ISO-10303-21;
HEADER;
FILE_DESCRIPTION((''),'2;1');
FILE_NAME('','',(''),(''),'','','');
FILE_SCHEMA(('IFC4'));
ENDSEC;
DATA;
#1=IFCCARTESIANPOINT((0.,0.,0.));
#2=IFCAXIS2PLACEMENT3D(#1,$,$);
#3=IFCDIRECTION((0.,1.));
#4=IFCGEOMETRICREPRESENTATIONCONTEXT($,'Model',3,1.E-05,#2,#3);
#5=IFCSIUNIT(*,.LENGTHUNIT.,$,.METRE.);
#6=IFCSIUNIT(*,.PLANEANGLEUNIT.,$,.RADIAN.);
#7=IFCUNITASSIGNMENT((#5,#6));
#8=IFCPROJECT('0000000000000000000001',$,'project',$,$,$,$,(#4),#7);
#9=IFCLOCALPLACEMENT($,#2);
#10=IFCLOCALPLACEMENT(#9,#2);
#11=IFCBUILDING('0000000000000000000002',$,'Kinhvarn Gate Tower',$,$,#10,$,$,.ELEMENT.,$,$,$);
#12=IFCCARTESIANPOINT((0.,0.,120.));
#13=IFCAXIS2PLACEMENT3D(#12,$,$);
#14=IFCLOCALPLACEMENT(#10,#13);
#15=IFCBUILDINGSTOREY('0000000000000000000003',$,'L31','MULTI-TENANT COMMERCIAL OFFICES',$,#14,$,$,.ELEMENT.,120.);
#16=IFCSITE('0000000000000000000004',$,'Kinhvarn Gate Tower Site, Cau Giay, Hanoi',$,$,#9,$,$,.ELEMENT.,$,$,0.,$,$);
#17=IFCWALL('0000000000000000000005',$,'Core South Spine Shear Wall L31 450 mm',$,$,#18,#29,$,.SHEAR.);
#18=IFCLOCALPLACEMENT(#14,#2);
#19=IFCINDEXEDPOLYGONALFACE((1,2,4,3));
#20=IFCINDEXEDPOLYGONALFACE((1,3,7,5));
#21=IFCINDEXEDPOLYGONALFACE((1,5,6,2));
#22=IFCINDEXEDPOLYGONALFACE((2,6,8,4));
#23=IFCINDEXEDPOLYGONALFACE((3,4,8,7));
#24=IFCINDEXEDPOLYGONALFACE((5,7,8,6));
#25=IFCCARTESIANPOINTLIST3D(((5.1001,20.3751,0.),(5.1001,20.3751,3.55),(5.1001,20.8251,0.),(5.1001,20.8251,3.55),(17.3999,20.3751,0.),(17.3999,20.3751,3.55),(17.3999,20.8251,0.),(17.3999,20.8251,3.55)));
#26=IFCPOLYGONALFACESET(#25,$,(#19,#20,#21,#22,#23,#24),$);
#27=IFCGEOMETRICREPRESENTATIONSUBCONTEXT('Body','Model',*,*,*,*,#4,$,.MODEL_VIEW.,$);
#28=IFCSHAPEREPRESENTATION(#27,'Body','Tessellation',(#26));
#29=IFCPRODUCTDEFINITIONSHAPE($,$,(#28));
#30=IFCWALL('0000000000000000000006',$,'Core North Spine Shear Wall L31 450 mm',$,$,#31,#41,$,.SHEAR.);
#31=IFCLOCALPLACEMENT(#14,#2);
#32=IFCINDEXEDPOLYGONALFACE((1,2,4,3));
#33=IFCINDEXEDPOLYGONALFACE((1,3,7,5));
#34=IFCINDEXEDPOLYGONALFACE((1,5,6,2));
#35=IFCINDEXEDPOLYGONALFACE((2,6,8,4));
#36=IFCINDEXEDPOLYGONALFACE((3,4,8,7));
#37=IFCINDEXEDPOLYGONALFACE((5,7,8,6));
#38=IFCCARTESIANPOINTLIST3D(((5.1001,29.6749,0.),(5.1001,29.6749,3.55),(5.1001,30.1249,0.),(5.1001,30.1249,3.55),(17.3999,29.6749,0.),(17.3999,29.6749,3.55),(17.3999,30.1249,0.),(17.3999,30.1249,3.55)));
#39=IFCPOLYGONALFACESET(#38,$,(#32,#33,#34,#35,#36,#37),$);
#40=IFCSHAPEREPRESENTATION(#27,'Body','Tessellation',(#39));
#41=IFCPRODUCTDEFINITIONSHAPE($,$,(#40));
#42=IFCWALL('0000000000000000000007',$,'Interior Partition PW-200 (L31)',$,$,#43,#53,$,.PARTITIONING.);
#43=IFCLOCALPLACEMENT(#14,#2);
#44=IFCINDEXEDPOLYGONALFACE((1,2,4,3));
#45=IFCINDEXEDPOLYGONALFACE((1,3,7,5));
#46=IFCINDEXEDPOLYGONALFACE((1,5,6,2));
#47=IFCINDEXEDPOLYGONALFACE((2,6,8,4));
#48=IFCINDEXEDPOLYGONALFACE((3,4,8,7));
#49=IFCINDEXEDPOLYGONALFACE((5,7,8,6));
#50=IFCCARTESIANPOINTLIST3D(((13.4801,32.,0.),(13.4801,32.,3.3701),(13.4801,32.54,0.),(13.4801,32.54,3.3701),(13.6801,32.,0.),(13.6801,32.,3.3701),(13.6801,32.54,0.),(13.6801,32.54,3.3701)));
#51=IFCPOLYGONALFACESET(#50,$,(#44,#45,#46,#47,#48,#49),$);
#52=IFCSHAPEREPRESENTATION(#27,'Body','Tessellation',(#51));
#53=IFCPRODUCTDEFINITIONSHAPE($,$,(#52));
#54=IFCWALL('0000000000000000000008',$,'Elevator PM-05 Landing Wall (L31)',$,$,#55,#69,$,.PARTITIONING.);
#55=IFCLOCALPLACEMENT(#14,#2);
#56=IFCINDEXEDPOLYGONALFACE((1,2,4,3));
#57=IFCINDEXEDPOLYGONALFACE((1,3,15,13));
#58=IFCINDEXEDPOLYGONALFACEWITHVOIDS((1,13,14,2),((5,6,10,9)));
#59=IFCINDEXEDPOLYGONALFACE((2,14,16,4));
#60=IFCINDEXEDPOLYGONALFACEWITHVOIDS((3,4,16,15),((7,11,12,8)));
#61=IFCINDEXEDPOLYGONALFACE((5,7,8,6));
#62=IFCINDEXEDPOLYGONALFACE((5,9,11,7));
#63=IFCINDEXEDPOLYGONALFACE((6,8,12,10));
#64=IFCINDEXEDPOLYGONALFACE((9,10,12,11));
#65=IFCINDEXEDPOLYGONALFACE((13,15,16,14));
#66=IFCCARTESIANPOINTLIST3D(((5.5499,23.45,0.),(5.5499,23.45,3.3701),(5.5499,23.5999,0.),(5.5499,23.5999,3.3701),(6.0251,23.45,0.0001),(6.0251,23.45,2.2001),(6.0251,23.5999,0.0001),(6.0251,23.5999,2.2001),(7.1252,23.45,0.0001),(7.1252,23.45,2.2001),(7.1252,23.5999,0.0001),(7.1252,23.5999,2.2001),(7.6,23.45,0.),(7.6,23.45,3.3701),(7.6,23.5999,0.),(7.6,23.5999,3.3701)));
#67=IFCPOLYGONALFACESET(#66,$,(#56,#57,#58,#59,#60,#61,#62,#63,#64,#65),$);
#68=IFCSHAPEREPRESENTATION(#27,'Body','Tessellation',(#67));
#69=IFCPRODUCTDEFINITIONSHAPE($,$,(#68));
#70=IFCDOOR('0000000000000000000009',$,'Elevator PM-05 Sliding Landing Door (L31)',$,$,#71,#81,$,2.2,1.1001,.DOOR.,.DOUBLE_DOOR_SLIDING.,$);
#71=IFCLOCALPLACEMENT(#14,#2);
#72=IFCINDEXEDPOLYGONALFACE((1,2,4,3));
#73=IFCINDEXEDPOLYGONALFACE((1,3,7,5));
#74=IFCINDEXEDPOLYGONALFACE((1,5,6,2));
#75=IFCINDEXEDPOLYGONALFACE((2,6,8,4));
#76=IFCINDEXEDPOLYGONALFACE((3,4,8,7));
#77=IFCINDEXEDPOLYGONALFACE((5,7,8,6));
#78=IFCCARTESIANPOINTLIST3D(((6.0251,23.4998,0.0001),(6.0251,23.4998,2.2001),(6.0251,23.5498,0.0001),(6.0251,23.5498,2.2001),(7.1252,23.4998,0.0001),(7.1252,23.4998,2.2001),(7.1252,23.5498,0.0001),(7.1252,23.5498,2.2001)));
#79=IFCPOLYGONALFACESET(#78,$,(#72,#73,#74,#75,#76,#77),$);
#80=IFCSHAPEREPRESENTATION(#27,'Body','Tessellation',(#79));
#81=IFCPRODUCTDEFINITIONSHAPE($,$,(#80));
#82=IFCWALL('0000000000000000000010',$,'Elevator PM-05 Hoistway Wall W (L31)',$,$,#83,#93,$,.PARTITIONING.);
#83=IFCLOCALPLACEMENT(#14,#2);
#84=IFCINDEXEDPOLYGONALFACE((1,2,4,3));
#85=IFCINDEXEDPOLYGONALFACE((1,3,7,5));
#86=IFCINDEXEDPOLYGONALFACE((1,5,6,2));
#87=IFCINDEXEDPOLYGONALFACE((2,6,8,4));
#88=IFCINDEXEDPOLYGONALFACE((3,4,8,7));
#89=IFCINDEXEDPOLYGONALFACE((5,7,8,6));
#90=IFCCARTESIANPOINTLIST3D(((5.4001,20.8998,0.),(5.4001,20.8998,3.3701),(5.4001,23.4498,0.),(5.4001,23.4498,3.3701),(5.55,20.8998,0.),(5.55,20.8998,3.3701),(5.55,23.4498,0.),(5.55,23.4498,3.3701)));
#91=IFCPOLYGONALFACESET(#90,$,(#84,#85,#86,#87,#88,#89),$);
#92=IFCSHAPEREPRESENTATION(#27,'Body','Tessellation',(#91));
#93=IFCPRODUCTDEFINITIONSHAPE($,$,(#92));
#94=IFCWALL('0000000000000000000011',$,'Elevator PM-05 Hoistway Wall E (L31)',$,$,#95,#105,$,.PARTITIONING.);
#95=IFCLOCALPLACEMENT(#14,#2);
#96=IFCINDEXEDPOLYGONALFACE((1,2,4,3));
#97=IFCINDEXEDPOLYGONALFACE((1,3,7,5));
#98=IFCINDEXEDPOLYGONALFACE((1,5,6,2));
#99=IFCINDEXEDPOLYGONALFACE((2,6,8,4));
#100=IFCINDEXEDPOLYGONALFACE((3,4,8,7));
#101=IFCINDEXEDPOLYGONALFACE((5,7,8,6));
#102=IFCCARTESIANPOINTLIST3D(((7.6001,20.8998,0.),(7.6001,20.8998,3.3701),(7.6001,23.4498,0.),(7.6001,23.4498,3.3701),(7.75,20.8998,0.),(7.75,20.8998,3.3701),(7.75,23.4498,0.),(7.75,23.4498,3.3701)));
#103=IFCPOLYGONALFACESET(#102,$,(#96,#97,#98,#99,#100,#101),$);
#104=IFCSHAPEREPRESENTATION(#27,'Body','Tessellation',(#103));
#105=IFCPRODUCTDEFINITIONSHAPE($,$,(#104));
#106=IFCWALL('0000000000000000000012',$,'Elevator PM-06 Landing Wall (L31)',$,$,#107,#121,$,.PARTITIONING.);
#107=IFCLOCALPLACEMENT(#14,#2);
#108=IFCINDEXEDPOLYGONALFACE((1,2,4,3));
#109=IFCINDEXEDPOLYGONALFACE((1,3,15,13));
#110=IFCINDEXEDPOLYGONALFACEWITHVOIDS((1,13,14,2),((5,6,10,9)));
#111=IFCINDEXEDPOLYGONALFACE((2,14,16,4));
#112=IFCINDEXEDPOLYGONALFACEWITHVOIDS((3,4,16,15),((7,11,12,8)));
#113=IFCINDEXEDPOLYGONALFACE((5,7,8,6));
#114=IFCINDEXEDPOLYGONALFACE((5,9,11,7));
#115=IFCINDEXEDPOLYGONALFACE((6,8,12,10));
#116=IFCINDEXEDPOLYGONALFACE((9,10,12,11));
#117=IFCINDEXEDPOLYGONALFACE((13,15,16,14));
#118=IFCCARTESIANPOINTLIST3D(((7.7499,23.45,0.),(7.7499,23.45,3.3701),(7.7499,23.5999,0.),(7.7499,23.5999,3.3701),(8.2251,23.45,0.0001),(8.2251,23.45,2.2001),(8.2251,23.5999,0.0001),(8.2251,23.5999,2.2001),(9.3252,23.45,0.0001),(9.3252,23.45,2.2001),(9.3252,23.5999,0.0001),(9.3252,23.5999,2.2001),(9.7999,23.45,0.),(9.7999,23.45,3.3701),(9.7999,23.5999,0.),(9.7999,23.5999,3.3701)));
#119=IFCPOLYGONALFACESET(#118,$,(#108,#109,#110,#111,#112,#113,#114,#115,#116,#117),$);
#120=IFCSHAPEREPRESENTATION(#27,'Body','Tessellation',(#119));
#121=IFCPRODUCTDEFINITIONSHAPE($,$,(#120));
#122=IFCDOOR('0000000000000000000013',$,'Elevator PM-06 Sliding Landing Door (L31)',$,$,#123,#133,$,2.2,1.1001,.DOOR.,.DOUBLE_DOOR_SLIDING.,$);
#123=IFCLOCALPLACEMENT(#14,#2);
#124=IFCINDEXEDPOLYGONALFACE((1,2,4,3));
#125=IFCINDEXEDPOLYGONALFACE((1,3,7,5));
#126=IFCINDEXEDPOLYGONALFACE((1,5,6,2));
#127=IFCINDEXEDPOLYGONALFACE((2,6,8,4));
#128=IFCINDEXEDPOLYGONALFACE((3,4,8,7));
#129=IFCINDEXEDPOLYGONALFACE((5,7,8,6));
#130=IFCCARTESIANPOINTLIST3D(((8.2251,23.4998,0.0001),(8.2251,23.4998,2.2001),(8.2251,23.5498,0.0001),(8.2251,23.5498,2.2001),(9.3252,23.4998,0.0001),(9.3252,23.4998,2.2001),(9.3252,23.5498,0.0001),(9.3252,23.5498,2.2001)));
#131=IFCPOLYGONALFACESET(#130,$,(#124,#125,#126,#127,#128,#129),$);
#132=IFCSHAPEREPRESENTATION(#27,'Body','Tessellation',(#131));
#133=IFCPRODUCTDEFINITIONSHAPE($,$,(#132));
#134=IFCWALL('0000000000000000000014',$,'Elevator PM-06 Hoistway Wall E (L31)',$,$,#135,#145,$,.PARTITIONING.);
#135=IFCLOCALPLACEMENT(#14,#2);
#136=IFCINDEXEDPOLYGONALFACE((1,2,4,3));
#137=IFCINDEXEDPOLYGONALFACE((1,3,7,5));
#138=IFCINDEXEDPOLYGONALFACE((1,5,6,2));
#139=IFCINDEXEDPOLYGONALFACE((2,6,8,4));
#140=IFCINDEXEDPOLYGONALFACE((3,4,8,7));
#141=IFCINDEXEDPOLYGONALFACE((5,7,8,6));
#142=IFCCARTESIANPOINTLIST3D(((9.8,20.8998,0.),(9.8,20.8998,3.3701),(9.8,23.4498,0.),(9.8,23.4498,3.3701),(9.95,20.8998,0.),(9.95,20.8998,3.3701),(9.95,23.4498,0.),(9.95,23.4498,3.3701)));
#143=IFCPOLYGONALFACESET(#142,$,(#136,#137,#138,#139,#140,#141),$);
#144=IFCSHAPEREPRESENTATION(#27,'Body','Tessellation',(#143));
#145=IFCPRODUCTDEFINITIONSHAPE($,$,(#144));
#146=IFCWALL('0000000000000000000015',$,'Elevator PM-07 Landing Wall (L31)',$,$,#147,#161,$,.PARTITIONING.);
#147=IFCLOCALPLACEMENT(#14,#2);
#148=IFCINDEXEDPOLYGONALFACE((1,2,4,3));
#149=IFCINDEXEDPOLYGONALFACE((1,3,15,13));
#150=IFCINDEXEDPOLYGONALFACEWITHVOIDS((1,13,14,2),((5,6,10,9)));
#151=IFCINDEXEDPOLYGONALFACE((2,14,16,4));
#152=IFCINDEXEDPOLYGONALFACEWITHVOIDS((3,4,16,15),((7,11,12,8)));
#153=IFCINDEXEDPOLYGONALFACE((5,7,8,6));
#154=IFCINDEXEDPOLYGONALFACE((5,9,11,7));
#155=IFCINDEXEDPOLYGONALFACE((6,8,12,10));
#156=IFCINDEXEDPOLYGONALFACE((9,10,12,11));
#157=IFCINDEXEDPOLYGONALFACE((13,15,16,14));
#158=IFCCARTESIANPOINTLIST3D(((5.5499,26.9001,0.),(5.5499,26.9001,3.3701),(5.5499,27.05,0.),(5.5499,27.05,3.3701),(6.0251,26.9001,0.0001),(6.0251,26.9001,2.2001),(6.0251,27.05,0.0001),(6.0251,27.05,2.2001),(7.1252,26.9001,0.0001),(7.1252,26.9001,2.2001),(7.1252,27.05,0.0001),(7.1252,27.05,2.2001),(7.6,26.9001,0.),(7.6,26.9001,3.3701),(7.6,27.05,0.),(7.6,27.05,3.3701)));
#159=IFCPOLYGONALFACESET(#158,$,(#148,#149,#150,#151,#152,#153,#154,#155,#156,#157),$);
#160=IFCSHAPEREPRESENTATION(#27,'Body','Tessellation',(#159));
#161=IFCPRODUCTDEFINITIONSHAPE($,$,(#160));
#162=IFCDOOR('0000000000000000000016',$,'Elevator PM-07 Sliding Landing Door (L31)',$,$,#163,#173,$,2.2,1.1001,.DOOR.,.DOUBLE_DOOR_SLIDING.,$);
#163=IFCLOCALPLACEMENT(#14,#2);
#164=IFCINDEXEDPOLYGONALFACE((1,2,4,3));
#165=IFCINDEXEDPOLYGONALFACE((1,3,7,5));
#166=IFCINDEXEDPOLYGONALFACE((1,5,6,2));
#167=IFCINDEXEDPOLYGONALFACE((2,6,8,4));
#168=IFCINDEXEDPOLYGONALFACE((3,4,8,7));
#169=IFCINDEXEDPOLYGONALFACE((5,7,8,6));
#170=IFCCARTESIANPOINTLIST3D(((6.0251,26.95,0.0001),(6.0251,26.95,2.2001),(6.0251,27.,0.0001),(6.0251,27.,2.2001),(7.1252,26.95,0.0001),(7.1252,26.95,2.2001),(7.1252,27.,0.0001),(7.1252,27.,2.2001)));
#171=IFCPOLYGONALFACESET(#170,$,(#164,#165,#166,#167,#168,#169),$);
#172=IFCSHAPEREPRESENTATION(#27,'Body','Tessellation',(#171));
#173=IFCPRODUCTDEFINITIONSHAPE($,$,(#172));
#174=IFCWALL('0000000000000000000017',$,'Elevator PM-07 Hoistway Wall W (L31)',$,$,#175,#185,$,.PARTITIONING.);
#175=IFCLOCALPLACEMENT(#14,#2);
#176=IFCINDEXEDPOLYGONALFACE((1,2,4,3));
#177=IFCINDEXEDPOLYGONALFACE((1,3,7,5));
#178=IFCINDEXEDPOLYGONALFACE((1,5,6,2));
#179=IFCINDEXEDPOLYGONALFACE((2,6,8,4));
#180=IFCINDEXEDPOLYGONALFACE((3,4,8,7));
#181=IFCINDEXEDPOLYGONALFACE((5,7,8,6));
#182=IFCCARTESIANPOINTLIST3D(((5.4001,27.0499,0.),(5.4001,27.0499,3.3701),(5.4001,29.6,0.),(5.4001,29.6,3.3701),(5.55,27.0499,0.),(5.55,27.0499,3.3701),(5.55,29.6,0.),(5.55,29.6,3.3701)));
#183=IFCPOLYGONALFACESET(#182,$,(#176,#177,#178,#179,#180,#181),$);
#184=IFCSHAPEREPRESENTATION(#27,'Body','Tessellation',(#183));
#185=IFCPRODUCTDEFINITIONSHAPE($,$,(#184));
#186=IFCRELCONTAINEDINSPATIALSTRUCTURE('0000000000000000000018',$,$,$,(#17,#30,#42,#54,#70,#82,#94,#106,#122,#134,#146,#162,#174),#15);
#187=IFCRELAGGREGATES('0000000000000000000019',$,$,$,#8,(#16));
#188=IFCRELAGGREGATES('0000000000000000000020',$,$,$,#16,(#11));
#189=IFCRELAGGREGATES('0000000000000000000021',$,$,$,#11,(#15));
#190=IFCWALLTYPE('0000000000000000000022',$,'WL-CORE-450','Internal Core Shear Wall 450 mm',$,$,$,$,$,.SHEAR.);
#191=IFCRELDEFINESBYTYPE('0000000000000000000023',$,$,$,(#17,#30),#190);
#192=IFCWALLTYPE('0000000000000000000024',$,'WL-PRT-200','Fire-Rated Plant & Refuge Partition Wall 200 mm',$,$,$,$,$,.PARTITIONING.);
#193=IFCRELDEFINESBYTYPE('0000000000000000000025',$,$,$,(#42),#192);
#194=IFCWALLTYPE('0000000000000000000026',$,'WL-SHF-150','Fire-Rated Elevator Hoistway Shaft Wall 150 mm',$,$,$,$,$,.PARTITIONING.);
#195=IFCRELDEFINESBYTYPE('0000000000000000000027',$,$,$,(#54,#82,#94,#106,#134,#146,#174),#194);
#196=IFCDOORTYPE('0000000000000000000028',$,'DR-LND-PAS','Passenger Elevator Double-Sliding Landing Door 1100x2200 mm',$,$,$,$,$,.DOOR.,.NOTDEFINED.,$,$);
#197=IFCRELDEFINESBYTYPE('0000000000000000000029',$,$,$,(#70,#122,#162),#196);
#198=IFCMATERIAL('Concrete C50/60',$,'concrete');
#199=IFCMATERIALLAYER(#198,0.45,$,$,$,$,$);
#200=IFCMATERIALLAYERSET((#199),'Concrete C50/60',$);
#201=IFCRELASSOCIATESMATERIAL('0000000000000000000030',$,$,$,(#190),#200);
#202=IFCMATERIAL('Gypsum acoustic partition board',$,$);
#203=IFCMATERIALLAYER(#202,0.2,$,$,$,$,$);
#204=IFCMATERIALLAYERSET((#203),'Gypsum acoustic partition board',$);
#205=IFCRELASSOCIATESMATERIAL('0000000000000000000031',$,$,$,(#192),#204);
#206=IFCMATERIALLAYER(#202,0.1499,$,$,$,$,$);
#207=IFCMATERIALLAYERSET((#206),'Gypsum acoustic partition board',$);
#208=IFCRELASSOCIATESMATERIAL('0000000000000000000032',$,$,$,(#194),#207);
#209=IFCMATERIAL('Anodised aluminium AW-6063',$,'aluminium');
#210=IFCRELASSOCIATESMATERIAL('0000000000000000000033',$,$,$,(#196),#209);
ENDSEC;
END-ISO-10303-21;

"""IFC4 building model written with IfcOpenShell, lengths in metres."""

from ifc_helpers import new_model, si_unit, direction, frame, frame_2d, origin, place, context, subcontext, project, spatial, rectangle, extrude, material, layer, layer_set, type_object, element, fill, save


model = new_model("IFC4")

# Units and contexts
model_context = context("Model", 3, precision=1e-05, world=origin(), true_north=direction((0.0, 1.0)))
body_context = subcontext(model_context, "Body", "Model", "MODEL_VIEW")
ifc_project = project(units=[si_unit("LENGTHUNIT", "METRE"), si_unit("PLANEANGLEUNIT", "RADIAN")], contexts=[model_context])

# Site, building, storey
site_placement = place(None, origin())
site = spatial("IfcSite", under=ifc_project, at=site_placement, Name="Kinhvarn Gate Tower Site, Cau Giay, Hanoi", CompositionType="ELEMENT", RefElevation=0.0)
building_placement = place(site_placement, origin())
building = spatial("IfcBuilding", under=site, at=building_placement, Name="Kinhvarn Gate Tower", CompositionType="ELEMENT")
storey_placement = place(building_placement, frame((0.0, 0.0, 120.0)))
storey = spatial("IfcBuildingStorey", under=building, at=storey_placement, Name="L31", Description="MULTI-TENANT COMMERCIAL OFFICES", CompositionType="ELEMENT", Elevation=120.0)

# Walls
ifc_material_1 = material(Name="Concrete C50/60", Category="concrete")
ifc_layer_1 = layer(ifc_material_1, 0.45)
ifc_layer_set_1 = layer_set([ifc_layer_1], Name="Concrete C50/60")
wall_type_1 = type_object("IfcWallType", Name="WL-CORE-450", Description="Internal Core Shear Wall 450 mm", PredefinedType="SHEAR", material=ifc_layer_set_1)
for number, where, z_axis, x_axis, name in (
    (1, (5.1001, 20.6001, 0.0), (0.0, 0.0, 1.0), (1.0, 0.0, 0.0), "Core South Spine Shear Wall L31 450 mm"),
    (2, (5.1001, 29.8999, 0.0), (0.0, 0.0, 1.0), (1.0, 0.0, 0.0), "Core North Spine Shear Wall L31 450 mm"),
):
    element("IfcWall", number, at=place(storey_placement, frame(where, z_axis=z_axis, x_axis=x_axis)), inside=storey, type_object=wall_type_1, Name=name, PredefinedType="SHEAR", context=body_context, shape_type="SweptSolid", body=[
        extrude(rectangle(XDim=12.2998, YDim=0.45, at=frame_2d((6.1499, 0.0))), origin(), (0.0, 0.0, 1.0), 3.55),
    ])
ifc_material_2 = material(Name="Gypsum acoustic partition board")
ifc_layer_2 = layer(ifc_material_2, 0.2)
ifc_layer_set_2 = layer_set([ifc_layer_2], Name="Gypsum acoustic partition board")
wall_type_2 = type_object("IfcWallType", Name="WL-PRT-200", Description="Fire-Rated Plant & Refuge Partition Wall 200 mm", PredefinedType="PARTITIONING", material=ifc_layer_set_2)
wall_1_placement = place(storey_placement, frame((13.5801, 32.0, 0.0), z_axis=(0.0, 0.0, 1.0), x_axis=(0.0, 1.0, 0.0)))
element("IfcWall", 3, at=wall_1_placement, inside=storey, type_object=wall_type_2, Name="Interior Partition PW-200 (L31)", PredefinedType="PARTITIONING", context=body_context, shape_type="SweptSolid", body=[
    extrude(rectangle(XDim=0.54, YDim=0.2, at=frame_2d((0.27, 0.0))), origin(), (0.0, 0.0, 1.0), 3.3701),
])

# Wall, opening, door
ifc_layer_3 = layer(ifc_material_2, 0.1499)
ifc_layer_set_3 = layer_set([ifc_layer_3], Name="Gypsum acoustic partition board")
wall_type_3 = type_object("IfcWallType", Name="WL-SHF-150", Description="Fire-Rated Elevator Hoistway Shaft Wall 150 mm", PredefinedType="PARTITIONING", material=ifc_layer_set_3)
wall_2_placement = place(storey_placement, frame((5.55, 23.5249, 0.0), z_axis=(0.0, 0.0, 1.0), x_axis=(1.0, 0.0, 0.0)))
wall_2 = element("IfcWall", 4, at=wall_2_placement, inside=storey, type_object=wall_type_3, Name="Elevator PM-05 Landing Wall (L31)", PredefinedType="PARTITIONING", context=body_context, shape_type="SweptSolid", body=[
    extrude(rectangle(XDim=2.05, YDim=0.1499, at=frame_2d((1.0249, 0.0))), origin(), (0.0, 0.0, 1.0), 3.3701),
])
opening_1_placement = place(wall_2_placement, frame((0.4751, 0.0, 0.0)))
opening_1 = element("IfcOpeningElement", 5, at=opening_1_placement, cuts=wall_2, PredefinedType="OPENING", context=body_context, shape_type="SweptSolid", body=[
    extrude(rectangle(XDim=1.1001, YDim=2.2, at=frame_2d((0.55, 1.1001))), frame((0.0, 0.085, 0.0), z_axis=(0.0, -1.0, 0.0), x_axis=(1.0, 0.0, 0.0)), (0.0, 0.0, 1.0), 0.1699),
])
ifc_material_3 = material(Name="Anodised aluminium AW-6063", Category="aluminium")
door_type_1 = type_object("IfcDoorType", Name="DR-LND-PAS", Description="Passenger Elevator Double-Sliding Landing Door 1100x2200 mm", OperationType="NOTDEFINED", PredefinedType="DOOR", material=ifc_material_3)
door_1_placement = place(opening_1_placement, origin())
door_1 = element("IfcDoor", 6, at=door_1_placement, inside=storey, type_object=door_type_1, Name="Elevator PM-05 Sliding Landing Door (L31)", OperationType="DOUBLE_DOOR_SLIDING", OverallHeight=2.2, OverallWidth=1.1001, PredefinedType="DOOR", context=body_context, shape_type="SweptSolid", body=[
    extrude(rectangle(XDim=1.1001, YDim=2.2, at=frame_2d((0.55, 1.1001))), frame((0.0, 0.0249, 0.0), z_axis=(0.0, -1.0, 0.0), x_axis=(1.0, 0.0, 0.0)), (0.0, 0.0, 1.0), 0.05),
])
fill(opening_1, door_1)

# Walls
for number, where, z_axis, x_axis, name in (
    (7, (5.4751, 20.8999, 0.0), (0.0, 0.0, 1.0), (0.0, 1.0, 0.0), "Elevator PM-05 Hoistway Wall W (L31)"),
    (8, (7.675, 20.8999, 0.0), (0.0, 0.0, 1.0), (0.0, 1.0, 0.0), "Elevator PM-05 Hoistway Wall E (L31)"),
):
    element("IfcWall", number, at=place(storey_placement, frame(where, z_axis=z_axis, x_axis=x_axis)), inside=storey, type_object=wall_type_3, Name=name, PredefinedType="PARTITIONING", context=body_context, shape_type="SweptSolid", body=[
        extrude(rectangle(XDim=2.55, YDim=0.1499, at=frame_2d((1.2749, 0.0))), origin(), (0.0, 0.0, 1.0), 3.3701),
    ])

# Wall, opening, door
wall_3_placement = place(storey_placement, frame((7.75, 23.5249, 0.0), z_axis=(0.0, 0.0, 1.0), x_axis=(1.0, 0.0, 0.0)))
wall_3 = element("IfcWall", 9, at=wall_3_placement, inside=storey, type_object=wall_type_3, Name="Elevator PM-06 Landing Wall (L31)", PredefinedType="PARTITIONING", context=body_context, shape_type="SweptSolid", body=[
    extrude(rectangle(XDim=2.05, YDim=0.1499, at=frame_2d((1.0249, 0.0))), origin(), (0.0, 0.0, 1.0), 3.3701),
])
opening_2_placement = place(wall_3_placement, frame((0.4751, 0.0, 0.0)))
opening_2 = element("IfcOpeningElement", 10, at=opening_2_placement, cuts=wall_3, PredefinedType="OPENING", context=body_context, shape_type="SweptSolid", body=[
    extrude(rectangle(XDim=1.1001, YDim=2.2, at=frame_2d((0.55, 1.1001))), frame((0.0, 0.085, 0.0), z_axis=(0.0, -1.0, 0.0), x_axis=(1.0, 0.0, 0.0)), (0.0, 0.0, 1.0), 0.1699),
])
door_2_placement = place(opening_2_placement, origin())
door_2 = element("IfcDoor", 11, at=door_2_placement, inside=storey, type_object=door_type_1, Name="Elevator PM-06 Sliding Landing Door (L31)", OperationType="DOUBLE_DOOR_SLIDING", OverallHeight=2.2, OverallWidth=1.1001, PredefinedType="DOOR", context=body_context, shape_type="SweptSolid", body=[
    extrude(rectangle(XDim=1.1001, YDim=2.2, at=frame_2d((0.55, 1.1001))), frame((0.0, 0.0249, 0.0), z_axis=(0.0, -1.0, 0.0), x_axis=(1.0, 0.0, 0.0)), (0.0, 0.0, 1.0), 0.05),
])
fill(opening_2, door_2)

# Wall
wall_4_placement = place(storey_placement, frame((9.875, 20.8999, 0.0), z_axis=(0.0, 0.0, 1.0), x_axis=(0.0, 1.0, 0.0)))
element("IfcWall", 12, at=wall_4_placement, inside=storey, type_object=wall_type_3, Name="Elevator PM-06 Hoistway Wall E (L31)", PredefinedType="PARTITIONING", context=body_context, shape_type="SweptSolid", body=[
    extrude(rectangle(XDim=2.55, YDim=0.1499, at=frame_2d((1.2749, 0.0))), origin(), (0.0, 0.0, 1.0), 3.3701),
])

# Wall, opening, door
wall_5_placement = place(storey_placement, frame((5.55, 26.9751, 0.0), z_axis=(0.0, 0.0, 1.0), x_axis=(1.0, 0.0, 0.0)))
wall_5 = element("IfcWall", 13, at=wall_5_placement, inside=storey, type_object=wall_type_3, Name="Elevator PM-07 Landing Wall (L31)", PredefinedType="PARTITIONING", context=body_context, shape_type="SweptSolid", body=[
    extrude(rectangle(XDim=2.05, YDim=0.1499, at=frame_2d((1.0249, 0.0))), origin(), (0.0, 0.0, 1.0), 3.3701),
])
opening_3_placement = place(wall_5_placement, frame((0.4751, 0.0, 0.0)))
opening_3 = element("IfcOpeningElement", 14, at=opening_3_placement, cuts=wall_5, PredefinedType="OPENING", context=body_context, shape_type="SweptSolid", body=[
    extrude(rectangle(XDim=1.1001, YDim=2.2, at=frame_2d((0.55, 1.1001))), frame((0.0, 0.085, 0.0), z_axis=(0.0, -1.0, 0.0), x_axis=(1.0, 0.0, 0.0)), (0.0, 0.0, 1.0), 0.1699),
])
door_3_placement = place(opening_3_placement, origin())
door_3 = element("IfcDoor", 15, at=door_3_placement, inside=storey, type_object=door_type_1, Name="Elevator PM-07 Sliding Landing Door (L31)", OperationType="DOUBLE_DOOR_SLIDING", OverallHeight=2.2, OverallWidth=1.1001, PredefinedType="DOOR", context=body_context, shape_type="SweptSolid", body=[
    extrude(rectangle(XDim=1.1001, YDim=2.2, at=frame_2d((0.55, 1.1001))), frame((0.0, 0.0249, 0.0), z_axis=(0.0, -1.0, 0.0), x_axis=(1.0, 0.0, 0.0)), (0.0, 0.0, 1.0), 0.05),
])
fill(opening_3, door_3)

# Wall
for number, where, z_axis, x_axis, name in (
    (16, (5.4751, 27.05, 0.0), (0.0, 0.0, 1.0), (0.0, 1.0, 0.0), "Elevator PM-07 Hoistway Wall W (L31)"),
):
    element("IfcWall", number, at=place(storey_placement, frame(where, z_axis=z_axis, x_axis=x_axis)), inside=storey, type_object=wall_type_3, Name=name, PredefinedType="PARTITIONING", context=body_context, shape_type="SweptSolid", body=[
        extrude(rectangle(XDim=2.55, YDim=0.1499, at=frame_2d((1.2749, 0.0))), origin(), (0.0, 0.0, 1.0), 3.3701),
    ])

save(model, "model.ifc")
